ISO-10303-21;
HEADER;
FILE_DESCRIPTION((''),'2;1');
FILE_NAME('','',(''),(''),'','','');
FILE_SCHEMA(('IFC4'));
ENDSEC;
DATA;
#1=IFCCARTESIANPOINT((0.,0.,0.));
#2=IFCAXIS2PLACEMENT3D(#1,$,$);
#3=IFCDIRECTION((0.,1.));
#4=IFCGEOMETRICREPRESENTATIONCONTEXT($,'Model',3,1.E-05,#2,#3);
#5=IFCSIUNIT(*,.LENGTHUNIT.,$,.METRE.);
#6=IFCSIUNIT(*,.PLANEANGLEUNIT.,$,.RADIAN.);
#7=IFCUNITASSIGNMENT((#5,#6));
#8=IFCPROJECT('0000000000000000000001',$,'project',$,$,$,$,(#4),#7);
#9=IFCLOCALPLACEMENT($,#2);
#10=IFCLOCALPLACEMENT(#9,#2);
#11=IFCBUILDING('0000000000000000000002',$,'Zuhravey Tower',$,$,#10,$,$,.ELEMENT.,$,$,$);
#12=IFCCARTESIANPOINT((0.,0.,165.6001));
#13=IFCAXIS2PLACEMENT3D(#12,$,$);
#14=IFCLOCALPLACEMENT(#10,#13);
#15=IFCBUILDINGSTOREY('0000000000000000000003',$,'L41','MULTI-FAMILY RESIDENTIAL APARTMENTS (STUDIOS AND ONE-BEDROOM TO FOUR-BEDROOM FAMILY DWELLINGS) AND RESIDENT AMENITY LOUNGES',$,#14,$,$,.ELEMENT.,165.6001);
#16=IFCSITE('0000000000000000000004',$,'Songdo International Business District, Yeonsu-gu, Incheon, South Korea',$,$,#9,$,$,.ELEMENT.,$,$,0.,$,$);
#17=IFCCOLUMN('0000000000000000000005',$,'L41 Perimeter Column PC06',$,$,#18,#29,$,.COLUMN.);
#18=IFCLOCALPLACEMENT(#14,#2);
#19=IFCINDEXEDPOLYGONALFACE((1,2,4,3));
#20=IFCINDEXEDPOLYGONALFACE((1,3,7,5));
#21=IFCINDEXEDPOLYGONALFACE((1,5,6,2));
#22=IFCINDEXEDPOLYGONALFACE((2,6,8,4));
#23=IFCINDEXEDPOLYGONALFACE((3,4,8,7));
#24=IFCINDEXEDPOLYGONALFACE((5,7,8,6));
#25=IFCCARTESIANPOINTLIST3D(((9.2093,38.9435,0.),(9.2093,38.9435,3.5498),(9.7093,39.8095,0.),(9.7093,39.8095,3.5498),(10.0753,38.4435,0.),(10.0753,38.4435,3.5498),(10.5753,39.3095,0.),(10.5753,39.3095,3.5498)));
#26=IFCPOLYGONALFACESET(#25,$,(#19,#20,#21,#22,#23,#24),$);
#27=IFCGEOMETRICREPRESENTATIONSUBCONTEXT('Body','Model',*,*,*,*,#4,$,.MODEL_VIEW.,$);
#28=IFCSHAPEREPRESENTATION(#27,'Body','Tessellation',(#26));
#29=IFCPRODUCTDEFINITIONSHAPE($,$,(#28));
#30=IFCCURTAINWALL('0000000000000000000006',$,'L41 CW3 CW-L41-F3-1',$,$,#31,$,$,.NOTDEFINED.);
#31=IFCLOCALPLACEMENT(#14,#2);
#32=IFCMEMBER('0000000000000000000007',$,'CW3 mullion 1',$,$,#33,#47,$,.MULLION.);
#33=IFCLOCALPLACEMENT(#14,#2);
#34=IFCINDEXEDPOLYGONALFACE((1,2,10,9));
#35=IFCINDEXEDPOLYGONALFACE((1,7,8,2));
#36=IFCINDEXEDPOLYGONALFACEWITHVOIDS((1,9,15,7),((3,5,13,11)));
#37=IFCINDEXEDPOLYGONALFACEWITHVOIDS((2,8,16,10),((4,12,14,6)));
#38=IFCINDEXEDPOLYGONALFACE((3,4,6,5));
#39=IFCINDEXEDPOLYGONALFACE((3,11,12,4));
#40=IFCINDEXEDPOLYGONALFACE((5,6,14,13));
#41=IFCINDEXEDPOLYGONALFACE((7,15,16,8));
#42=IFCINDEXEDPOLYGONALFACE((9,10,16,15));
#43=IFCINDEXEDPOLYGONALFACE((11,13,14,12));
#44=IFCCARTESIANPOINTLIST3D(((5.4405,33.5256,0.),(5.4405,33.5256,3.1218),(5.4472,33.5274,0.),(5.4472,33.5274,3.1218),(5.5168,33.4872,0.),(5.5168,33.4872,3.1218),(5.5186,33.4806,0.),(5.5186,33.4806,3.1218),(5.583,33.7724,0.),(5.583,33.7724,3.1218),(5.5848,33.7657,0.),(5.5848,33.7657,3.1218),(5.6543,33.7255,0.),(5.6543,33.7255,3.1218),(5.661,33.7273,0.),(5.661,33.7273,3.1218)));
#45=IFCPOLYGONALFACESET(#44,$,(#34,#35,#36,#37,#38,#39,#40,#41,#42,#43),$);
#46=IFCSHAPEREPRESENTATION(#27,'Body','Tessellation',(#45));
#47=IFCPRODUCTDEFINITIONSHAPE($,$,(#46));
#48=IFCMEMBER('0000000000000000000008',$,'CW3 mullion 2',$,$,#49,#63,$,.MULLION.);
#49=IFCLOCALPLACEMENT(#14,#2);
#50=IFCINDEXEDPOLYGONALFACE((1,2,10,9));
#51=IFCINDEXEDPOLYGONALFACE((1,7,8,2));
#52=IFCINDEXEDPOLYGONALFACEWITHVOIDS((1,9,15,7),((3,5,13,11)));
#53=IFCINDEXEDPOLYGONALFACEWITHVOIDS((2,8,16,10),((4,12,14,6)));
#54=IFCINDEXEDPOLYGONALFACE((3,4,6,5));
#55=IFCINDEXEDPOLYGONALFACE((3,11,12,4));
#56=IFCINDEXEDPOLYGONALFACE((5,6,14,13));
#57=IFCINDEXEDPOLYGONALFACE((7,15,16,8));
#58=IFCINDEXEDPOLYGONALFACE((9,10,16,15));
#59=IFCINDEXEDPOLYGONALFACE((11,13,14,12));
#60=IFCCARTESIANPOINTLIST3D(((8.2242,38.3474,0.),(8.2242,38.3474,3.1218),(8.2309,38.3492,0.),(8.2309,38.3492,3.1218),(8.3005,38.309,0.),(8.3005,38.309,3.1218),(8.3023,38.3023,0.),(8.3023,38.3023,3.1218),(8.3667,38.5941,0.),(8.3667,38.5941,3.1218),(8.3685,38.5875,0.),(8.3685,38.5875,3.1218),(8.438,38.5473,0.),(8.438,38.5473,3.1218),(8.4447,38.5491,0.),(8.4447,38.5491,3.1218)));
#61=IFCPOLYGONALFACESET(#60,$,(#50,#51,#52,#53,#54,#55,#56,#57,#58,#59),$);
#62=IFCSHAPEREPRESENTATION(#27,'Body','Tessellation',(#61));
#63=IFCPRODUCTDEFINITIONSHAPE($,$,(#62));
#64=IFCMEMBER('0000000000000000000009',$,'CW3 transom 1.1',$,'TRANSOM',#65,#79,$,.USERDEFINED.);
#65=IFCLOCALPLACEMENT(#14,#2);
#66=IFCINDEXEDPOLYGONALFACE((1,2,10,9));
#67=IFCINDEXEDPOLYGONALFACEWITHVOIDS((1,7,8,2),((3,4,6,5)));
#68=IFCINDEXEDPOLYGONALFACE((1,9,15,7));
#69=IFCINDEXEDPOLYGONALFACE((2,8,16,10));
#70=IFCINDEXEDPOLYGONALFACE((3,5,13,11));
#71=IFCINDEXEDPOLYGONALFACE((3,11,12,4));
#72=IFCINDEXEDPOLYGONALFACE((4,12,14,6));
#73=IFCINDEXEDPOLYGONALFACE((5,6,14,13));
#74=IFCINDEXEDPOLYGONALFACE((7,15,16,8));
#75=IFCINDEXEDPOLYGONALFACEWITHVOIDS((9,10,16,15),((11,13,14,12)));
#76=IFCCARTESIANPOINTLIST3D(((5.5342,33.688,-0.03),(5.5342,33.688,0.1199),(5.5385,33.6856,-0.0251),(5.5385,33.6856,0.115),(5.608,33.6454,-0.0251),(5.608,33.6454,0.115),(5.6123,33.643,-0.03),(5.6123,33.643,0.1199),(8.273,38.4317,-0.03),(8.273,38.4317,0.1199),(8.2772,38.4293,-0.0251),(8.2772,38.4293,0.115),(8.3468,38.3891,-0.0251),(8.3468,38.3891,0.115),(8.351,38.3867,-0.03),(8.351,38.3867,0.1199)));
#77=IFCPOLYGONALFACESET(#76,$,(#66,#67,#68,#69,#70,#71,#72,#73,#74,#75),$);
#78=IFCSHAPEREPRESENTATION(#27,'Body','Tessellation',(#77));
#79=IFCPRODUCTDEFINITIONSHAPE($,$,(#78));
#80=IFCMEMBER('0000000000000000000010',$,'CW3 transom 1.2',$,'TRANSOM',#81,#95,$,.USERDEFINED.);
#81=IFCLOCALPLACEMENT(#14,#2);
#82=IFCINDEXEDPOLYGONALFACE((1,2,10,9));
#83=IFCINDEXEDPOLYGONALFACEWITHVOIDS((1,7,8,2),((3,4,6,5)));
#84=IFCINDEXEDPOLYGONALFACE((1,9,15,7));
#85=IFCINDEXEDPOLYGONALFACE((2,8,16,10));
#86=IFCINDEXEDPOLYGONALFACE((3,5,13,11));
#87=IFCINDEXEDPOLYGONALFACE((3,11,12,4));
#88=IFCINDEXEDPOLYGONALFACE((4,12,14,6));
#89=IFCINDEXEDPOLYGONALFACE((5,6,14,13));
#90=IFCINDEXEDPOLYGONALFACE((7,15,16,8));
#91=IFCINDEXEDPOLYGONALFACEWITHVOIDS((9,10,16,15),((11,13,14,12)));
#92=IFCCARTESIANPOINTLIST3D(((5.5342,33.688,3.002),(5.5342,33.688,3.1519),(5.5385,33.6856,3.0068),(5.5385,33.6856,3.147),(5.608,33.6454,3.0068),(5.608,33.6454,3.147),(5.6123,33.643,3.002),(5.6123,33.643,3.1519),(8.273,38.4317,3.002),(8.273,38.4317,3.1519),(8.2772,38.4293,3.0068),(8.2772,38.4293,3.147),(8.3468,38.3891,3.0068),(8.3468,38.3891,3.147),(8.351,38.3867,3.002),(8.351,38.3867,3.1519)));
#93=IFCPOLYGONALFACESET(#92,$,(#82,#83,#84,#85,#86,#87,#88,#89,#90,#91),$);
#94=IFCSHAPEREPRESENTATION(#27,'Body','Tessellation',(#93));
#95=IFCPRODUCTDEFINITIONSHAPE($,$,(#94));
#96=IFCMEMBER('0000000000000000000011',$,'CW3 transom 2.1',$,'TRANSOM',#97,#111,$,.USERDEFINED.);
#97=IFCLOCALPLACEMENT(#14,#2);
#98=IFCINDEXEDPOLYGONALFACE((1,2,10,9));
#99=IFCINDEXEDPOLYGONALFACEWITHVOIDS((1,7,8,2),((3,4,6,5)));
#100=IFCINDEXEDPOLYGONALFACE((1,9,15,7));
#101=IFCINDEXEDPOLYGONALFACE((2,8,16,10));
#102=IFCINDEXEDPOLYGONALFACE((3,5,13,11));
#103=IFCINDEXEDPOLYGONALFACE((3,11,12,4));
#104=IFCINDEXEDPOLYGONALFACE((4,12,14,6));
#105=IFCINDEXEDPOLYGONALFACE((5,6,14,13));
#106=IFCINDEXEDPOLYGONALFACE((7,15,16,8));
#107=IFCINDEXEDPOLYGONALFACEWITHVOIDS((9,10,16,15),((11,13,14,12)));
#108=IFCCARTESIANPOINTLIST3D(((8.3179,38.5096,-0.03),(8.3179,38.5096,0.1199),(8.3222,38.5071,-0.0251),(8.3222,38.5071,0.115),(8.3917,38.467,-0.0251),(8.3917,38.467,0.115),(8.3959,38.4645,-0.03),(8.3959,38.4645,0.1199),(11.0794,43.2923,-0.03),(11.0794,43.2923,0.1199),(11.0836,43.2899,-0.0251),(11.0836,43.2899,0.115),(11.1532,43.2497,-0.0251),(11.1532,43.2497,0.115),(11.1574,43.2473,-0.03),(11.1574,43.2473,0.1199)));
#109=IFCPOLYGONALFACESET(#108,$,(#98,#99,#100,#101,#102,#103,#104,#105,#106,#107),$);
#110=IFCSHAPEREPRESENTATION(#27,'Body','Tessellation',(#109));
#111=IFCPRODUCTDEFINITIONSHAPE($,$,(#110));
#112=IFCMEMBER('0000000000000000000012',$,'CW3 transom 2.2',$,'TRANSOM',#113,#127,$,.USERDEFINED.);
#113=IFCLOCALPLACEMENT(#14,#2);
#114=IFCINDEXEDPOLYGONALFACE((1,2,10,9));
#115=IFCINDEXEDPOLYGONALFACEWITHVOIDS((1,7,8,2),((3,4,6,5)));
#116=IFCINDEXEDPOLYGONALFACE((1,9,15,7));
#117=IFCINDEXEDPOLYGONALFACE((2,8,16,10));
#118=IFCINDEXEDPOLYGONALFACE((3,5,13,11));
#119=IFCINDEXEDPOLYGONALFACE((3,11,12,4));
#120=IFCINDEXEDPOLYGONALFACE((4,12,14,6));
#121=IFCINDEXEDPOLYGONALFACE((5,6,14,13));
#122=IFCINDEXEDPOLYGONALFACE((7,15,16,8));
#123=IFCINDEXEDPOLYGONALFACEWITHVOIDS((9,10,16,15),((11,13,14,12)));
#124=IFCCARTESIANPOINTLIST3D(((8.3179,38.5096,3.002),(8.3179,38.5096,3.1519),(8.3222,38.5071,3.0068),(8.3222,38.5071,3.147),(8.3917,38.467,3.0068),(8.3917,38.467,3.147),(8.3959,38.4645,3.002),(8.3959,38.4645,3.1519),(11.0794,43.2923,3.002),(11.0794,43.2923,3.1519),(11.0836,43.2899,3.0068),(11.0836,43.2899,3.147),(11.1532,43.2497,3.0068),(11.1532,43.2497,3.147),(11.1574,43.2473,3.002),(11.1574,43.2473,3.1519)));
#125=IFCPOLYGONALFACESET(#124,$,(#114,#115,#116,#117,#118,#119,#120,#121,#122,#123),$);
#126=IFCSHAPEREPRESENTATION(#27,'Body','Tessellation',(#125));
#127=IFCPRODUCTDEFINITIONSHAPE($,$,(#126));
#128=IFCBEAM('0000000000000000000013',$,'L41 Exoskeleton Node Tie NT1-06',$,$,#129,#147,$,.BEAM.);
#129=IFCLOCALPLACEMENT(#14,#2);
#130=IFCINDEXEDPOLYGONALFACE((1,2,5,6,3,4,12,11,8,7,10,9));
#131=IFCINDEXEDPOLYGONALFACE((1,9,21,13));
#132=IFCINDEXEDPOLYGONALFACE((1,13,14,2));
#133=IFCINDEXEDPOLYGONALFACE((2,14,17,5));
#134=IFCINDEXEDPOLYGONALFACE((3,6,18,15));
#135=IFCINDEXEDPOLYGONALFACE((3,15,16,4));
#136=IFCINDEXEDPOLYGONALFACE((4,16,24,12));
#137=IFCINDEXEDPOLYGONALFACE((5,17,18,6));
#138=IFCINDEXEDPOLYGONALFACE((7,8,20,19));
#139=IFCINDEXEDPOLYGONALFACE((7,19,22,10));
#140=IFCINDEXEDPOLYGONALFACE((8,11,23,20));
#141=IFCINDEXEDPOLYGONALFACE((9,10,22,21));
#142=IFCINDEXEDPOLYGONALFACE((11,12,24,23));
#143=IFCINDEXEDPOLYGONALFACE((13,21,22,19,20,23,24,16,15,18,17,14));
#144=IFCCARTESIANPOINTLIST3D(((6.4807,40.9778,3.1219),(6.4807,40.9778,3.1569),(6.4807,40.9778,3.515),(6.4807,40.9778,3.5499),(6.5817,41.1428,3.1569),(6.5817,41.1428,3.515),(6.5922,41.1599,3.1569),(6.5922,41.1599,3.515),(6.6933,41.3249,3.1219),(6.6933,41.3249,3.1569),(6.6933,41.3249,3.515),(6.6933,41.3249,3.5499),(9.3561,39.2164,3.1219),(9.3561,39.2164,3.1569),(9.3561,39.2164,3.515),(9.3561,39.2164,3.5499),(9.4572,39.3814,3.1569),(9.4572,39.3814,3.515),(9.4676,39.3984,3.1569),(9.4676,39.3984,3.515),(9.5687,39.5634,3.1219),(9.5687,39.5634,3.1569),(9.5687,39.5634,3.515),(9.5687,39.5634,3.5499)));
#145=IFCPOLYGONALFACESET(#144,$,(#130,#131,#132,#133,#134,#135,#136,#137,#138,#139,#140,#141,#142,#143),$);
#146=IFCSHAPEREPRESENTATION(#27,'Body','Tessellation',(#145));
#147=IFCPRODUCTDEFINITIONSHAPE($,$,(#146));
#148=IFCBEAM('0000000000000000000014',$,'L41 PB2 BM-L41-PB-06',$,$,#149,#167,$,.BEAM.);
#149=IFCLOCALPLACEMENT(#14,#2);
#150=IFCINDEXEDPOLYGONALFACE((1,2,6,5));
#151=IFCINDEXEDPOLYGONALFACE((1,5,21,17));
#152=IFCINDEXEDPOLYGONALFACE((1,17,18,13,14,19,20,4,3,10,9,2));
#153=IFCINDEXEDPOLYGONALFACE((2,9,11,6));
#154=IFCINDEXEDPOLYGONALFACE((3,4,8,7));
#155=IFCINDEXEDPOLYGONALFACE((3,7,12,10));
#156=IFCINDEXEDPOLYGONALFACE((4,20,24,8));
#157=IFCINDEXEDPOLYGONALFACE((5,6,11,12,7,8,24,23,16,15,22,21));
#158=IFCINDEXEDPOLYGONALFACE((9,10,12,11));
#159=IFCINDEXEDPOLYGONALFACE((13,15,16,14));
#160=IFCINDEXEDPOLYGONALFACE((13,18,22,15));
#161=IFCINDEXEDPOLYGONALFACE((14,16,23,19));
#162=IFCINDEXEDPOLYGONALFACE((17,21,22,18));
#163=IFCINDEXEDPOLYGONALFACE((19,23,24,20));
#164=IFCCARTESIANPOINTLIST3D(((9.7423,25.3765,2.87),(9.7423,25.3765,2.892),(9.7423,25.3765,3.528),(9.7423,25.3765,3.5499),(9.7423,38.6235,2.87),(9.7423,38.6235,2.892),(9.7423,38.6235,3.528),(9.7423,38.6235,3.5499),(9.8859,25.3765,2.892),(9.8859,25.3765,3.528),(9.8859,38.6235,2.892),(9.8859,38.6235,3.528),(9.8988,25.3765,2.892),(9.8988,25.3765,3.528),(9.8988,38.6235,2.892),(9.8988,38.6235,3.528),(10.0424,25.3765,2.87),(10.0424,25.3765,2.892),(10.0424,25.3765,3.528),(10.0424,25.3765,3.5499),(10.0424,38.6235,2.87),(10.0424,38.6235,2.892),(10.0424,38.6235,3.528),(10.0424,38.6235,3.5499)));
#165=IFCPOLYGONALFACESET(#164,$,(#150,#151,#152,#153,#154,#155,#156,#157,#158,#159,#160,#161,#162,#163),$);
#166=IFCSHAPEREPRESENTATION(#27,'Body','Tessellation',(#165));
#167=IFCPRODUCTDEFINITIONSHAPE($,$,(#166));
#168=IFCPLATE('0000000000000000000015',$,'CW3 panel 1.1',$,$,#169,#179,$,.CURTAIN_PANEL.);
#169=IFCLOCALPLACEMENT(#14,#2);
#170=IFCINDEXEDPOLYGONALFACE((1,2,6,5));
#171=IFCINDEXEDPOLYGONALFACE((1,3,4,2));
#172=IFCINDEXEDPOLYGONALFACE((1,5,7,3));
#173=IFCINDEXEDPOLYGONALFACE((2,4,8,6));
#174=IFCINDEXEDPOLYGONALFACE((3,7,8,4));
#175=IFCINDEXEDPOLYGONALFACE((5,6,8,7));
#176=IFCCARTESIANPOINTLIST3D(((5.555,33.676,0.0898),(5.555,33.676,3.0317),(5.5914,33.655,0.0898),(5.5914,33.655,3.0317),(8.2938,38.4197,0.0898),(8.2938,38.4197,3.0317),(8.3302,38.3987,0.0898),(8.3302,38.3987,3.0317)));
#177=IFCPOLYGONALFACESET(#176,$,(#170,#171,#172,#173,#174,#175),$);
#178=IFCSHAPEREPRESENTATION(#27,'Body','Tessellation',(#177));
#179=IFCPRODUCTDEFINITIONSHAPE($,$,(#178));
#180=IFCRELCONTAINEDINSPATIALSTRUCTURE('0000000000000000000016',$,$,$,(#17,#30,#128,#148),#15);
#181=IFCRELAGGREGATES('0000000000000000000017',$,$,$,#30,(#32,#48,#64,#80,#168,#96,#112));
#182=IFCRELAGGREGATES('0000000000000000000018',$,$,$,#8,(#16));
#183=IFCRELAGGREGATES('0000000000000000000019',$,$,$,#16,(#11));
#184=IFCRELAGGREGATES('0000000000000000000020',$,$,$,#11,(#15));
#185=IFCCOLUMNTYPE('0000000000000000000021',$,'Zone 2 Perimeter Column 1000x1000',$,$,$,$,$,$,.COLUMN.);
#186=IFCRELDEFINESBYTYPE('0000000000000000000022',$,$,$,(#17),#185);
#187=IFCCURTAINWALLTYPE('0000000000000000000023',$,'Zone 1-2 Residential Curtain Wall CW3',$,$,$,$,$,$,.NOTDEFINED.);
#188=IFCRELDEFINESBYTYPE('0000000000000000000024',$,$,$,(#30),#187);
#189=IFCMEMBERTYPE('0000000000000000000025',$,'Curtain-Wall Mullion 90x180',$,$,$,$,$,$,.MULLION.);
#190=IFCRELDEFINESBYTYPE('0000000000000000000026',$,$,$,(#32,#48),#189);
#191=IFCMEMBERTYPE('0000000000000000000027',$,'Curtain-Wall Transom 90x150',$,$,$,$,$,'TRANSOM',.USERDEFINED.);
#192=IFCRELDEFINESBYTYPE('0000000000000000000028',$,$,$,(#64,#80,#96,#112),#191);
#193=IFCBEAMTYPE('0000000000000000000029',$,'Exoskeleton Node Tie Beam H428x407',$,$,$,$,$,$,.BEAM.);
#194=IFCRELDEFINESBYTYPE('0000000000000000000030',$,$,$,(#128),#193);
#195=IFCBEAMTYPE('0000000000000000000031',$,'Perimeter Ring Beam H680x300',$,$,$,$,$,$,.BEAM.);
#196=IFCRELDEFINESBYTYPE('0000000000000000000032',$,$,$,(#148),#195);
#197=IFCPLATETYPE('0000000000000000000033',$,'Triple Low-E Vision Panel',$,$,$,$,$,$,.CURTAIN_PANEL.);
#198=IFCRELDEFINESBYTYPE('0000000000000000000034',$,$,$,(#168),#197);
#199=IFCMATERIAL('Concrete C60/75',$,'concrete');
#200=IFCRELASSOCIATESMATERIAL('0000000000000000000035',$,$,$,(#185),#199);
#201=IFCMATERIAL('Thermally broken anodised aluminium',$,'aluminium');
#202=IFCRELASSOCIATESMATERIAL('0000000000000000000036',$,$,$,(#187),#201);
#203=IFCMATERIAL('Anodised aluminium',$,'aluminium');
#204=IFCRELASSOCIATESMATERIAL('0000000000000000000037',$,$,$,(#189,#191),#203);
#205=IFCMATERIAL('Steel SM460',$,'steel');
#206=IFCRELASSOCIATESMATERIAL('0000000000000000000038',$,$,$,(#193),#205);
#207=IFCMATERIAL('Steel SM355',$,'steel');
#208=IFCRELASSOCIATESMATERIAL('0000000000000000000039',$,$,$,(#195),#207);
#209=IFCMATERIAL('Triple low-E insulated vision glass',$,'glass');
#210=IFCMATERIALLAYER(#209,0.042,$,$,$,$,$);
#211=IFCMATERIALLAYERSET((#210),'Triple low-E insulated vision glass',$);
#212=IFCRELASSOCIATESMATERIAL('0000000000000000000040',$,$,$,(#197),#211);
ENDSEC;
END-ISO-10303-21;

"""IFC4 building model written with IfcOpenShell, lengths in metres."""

from ifc_helpers import new_model, si_unit, direction, frame, origin, origin_2d, place, context, subcontext, project, spatial, rectangle, hollow_rectangle, i_section, extrude, material, layer, layer_set, material_profile, profile_set, type_object, element, aggregate, save


model = new_model("IFC4")

# Units and contexts
model_context = context("Model", 3, precision=1e-05, world=origin(), true_north=direction((0.0, 1.0)))
body_context = subcontext(model_context, "Body", "Model", "MODEL_VIEW")
ifc_project = project(units=[si_unit("LENGTHUNIT", "METRE"), si_unit("PLANEANGLEUNIT", "RADIAN")], contexts=[model_context])

# Site, building, storey
site_placement = place(None, origin())
site = spatial("IfcSite", under=ifc_project, at=site_placement, Name="Songdo International Business District, Yeonsu-gu, Incheon, South Korea", CompositionType="ELEMENT", RefElevation=0.0)
building_placement = place(site_placement, origin())
building = spatial("IfcBuilding", under=site, at=building_placement, Name="Zuhravey Tower", CompositionType="ELEMENT")
storey_placement = place(building_placement, frame((0.0, 0.0, 165.6001)))
storey = spatial("IfcBuildingStorey", under=building, at=storey_placement, Name="L41", Description="MULTI-FAMILY RESIDENTIAL APARTMENTS (STUDIOS AND ONE-BEDROOM TO FOUR-BEDROOM FAMILY DWELLINGS) AND RESIDENT AMENITY LOUNGES", CompositionType="ELEMENT", Elevation=165.6001)

# Column
ifc_material_1 = material(Name="Concrete C60/75", Category="concrete")
ifc_material_profile_1 = material_profile(ifc_material_1, rectangle(XDim=1.0, YDim=1.0, at=origin_2d()), Name="RC-1000x1000")
ifc_profile_set_1 = profile_set([ifc_material_profile_1], Name="Concrete C60/75")
column_type = type_object("IfcColumnType", Name="Zone 2 Perimeter Column 1000x1000", PredefinedType="COLUMN", material=ifc_profile_set_1)
column_placement = place(storey_placement, frame((9.8923, 39.1265, 0.0), z_axis=(0.0, 0.0, 1.0), x_axis=(-0.5, -0.866025, 0.0)))
element("IfcColumn", 1, at=column_placement, inside=storey, type_object=column_type, Name="L41 Perimeter Column PC06", PredefinedType="COLUMN", context=body_context, shape_type="SweptSolid", body=[
    extrude(rectangle(XDim=1.0, YDim=1.0, at=origin_2d()), origin(), (0.0, 0.0, 1.0), 3.5498),
])

# Curtain wall, members
ifc_material_2 = material(Name="Thermally broken anodised aluminium", Category="aluminium")
curtain_wall_type = type_object("IfcCurtainWallType", Name="Zone 1-2 Residential Curtain Wall CW3", PredefinedType="NOTDEFINED", material=ifc_material_2)
curtain_wall_placement = place(storey_placement, origin())
curtain_wall = element("IfcCurtainWall", 2, at=curtain_wall_placement, inside=storey, type_object=curtain_wall_type, Name="L41 CW3 CW-L41-F3-1", PredefinedType="NOTDEFINED")
ifc_material_3 = material(Name="Anodised aluminium", Category="aluminium")
ifc_material_profile_2 = material_profile(ifc_material_3, hollow_rectangle(XDim=0.0901, YDim=0.2849, WallThickness=0.0049, at=origin_2d()), Name="ALU-RHS-90x285x5")
ifc_profile_set_2 = profile_set([ifc_material_profile_2], Name="Anodised aluminium")
member_type_1 = type_object("IfcMemberType", Name="Curtain-Wall Mullion 90x180", PredefinedType="MULLION", material=ifc_profile_set_2)
member_1_placement = place(storey_placement, frame((5.5508, 33.6265, 0.0), z_axis=(0.0, 0.0, 1.0), x_axis=(-0.866023, 0.500003, 0.0)))
member_1 = element("IfcMember", 3, at=member_1_placement, type_object=member_type_1, Name="CW3 mullion 1", PredefinedType="MULLION", context=body_context, shape_type="SweptSolid", body=[
    extrude(hollow_rectangle(XDim=0.0901, YDim=0.2849, WallThickness=0.0049, at=origin_2d()), origin(), (0.0, 0.0, 1.0), 3.1218),
])
member_2_placement = place(storey_placement, frame((8.3345, 38.4482, 0.0), z_axis=(0.0, 0.0, 1.0), x_axis=(-0.866023, 0.500003, 0.0)))
member_2 = element("IfcMember", 4, at=member_2_placement, type_object=member_type_1, Name="CW3 mullion 2", PredefinedType="MULLION", context=body_context, shape_type="SweptSolid", body=[
    extrude(hollow_rectangle(XDim=0.0901, YDim=0.2849, WallThickness=0.0049, at=origin_2d()), origin(), (0.0, 0.0, 1.0), 3.1218),
])
ifc_material_profile_3 = material_profile(ifc_material_3, hollow_rectangle(XDim=0.0901, YDim=0.1499, WallThickness=0.0049, at=origin_2d()), Name="ALU-RHS-90x150x5")
ifc_profile_set_3 = profile_set([ifc_material_profile_3], Name="Anodised aluminium")
member_type_2 = type_object("IfcMemberType", Name="Curtain-Wall Transom 90x150", ElementType="TRANSOM", PredefinedType="USERDEFINED", material=ifc_profile_set_3)
member_3_placement = place(storey_placement, frame((5.5732, 33.6655, 0.0449), z_axis=(0.500003, 0.866024, 0.0), x_axis=(-0.866024, 0.500003, 0.0)))
member_3 = element("IfcMember", 5, at=member_3_placement, type_object=member_type_2, Name="CW3 transom 1.1", ObjectType="TRANSOM", PredefinedType="USERDEFINED", context=body_context, shape_type="SweptSolid", body=[
    extrude(hollow_rectangle(XDim=0.0901, YDim=0.1499, WallThickness=0.0049, at=origin_2d()), origin(), (0.0, 0.0, 1.0), 5.4775),
])
member_4_placement = place(storey_placement, frame((5.5732, 33.6655, 3.0769), z_axis=(0.500003, 0.866024, 0.0), x_axis=(-0.866024, 0.500003, 0.0)))
member_4 = element("IfcMember", 6, at=member_4_placement, type_object=member_type_2, Name="CW3 transom 1.2", ObjectType="TRANSOM", PredefinedType="USERDEFINED", context=body_context, shape_type="SweptSolid", body=[
    extrude(hollow_rectangle(XDim=0.0901, YDim=0.1499, WallThickness=0.0049, at=origin_2d()), origin(), (0.0, 0.0, 1.0), 5.4775),
])
member_5_placement = place(storey_placement, frame((8.3569, 38.4871, 0.0449), z_axis=(0.500023, 0.866012, 0.0), x_axis=(-0.866012, 0.500023, 0.0)))
member_5 = element("IfcMember", 7, at=member_5_placement, type_object=member_type_2, Name="CW3 transom 2.1", ObjectType="TRANSOM", PredefinedType="USERDEFINED", context=body_context, shape_type="SweptSolid", body=[
    extrude(hollow_rectangle(XDim=0.0901, YDim=0.1499, WallThickness=0.0049, at=origin_2d()), origin(), (0.0, 0.0, 1.0), 5.5227),
])
member_6_placement = place(storey_placement, frame((8.3569, 38.4871, 3.0769), z_axis=(0.500023, 0.866012, 0.0), x_axis=(-0.866012, 0.500023, 0.0)))
member_6 = element("IfcMember", 8, at=member_6_placement, type_object=member_type_2, Name="CW3 transom 2.2", ObjectType="TRANSOM", PredefinedType="USERDEFINED", context=body_context, shape_type="SweptSolid", body=[
    extrude(hollow_rectangle(XDim=0.0901, YDim=0.1499, WallThickness=0.0049, at=origin_2d()), origin(), (0.0, 0.0, 1.0), 5.5227),
])

# Beams
ifc_material_4 = material(Name="Steel SM460", Category="steel")
ifc_material_profile_4 = material_profile(ifc_material_4, i_section(OverallWidth=0.407, OverallDepth=0.428, WebThickness=0.02, FlangeThickness=0.0349, at=origin_2d()), Name="H-428x407x20x35")
ifc_profile_set_4 = profile_set([ifc_material_profile_4], Name="Steel SM460")
beam_type_1 = type_object("IfcBeamType", Name="Exoskeleton Node Tie Beam H428x407", PredefinedType="BEAM", material=ifc_profile_set_4)
beam_1_placement = place(storey_placement, frame((9.4624, 39.3899, 3.3359), z_axis=(-0.852723, 0.522363, 0.0), x_axis=(-0.522363, -0.852723, 0.0)))
element("IfcBeam", 9, at=beam_1_placement, inside=storey, type_object=beam_type_1, Name="L41 Exoskeleton Node Tie NT1-06", PredefinedType="BEAM", context=body_context, shape_type="SweptSolid", body=[
    extrude(i_section(OverallWidth=0.407, OverallDepth=0.428, WebThickness=0.02, FlangeThickness=0.0349, at=origin_2d()), origin(), (0.0, 0.0, 1.0), 3.3721),
])
ifc_material_5 = material(Name="Steel SM355", Category="steel")
ifc_material_profile_5 = material_profile(ifc_material_5, i_section(OverallWidth=0.3, OverallDepth=0.6799, WebThickness=0.0129, FlangeThickness=0.022, at=origin_2d()), Name="H-680x300x13x22")
ifc_profile_set_5 = profile_set([ifc_material_profile_5], Name="Steel SM355")
beam_type_2 = type_object("IfcBeamType", Name="Perimeter Ring Beam H680x300", PredefinedType="BEAM", material=ifc_profile_set_5)
beam_2_placement = place(storey_placement, frame((9.8923, 38.6235, 3.21), z_axis=(0.0, -1.0, 0.0), x_axis=(1.0, 0.0, 0.0)))
element("IfcBeam", 10, at=beam_2_placement, inside=storey, type_object=beam_type_2, Name="L41 PB2 BM-L41-PB-06", PredefinedType="BEAM", context=body_context, shape_type="SweptSolid", body=[
    extrude(i_section(OverallWidth=0.3, OverallDepth=0.6799, WebThickness=0.0129, FlangeThickness=0.022, at=origin_2d()), origin(), (0.0, 0.0, 1.0), 13.2471),
])

# Plate
ifc_material_6 = material(Name="Triple low-E insulated vision glass", Category="glass")
ifc_layer_1 = layer(ifc_material_6, 0.042)
ifc_layer_set_1 = layer_set([ifc_layer_1], Name="Triple low-E insulated vision glass")
plate_type = type_object("IfcPlateType", Name="Triple Low-E Vision Panel", PredefinedType="CURTAIN_PANEL", material=ifc_layer_set_1)
plate_1_placement = place(storey_placement, frame((6.9426, 36.0374, 0.0898), z_axis=(0.0, 0.0, 1.0), x_axis=(0.500003, 0.866023, 0.0)))
plate_1 = element("IfcPlate", 11, at=plate_1_placement, type_object=plate_type, Name="CW3 panel 1.1", PredefinedType="CURTAIN_PANEL", context=body_context, shape_type="SweptSolid", body=[
    extrude(rectangle(XDim=5.4775, YDim=0.042, at=origin_2d()), origin(), (0.0, 0.0, 1.0), 2.9419),
])
aggregate(curtain_wall, [member_1, member_2, member_3, member_4, plate_1, member_5, member_6])

save(model, "model.ifc")
